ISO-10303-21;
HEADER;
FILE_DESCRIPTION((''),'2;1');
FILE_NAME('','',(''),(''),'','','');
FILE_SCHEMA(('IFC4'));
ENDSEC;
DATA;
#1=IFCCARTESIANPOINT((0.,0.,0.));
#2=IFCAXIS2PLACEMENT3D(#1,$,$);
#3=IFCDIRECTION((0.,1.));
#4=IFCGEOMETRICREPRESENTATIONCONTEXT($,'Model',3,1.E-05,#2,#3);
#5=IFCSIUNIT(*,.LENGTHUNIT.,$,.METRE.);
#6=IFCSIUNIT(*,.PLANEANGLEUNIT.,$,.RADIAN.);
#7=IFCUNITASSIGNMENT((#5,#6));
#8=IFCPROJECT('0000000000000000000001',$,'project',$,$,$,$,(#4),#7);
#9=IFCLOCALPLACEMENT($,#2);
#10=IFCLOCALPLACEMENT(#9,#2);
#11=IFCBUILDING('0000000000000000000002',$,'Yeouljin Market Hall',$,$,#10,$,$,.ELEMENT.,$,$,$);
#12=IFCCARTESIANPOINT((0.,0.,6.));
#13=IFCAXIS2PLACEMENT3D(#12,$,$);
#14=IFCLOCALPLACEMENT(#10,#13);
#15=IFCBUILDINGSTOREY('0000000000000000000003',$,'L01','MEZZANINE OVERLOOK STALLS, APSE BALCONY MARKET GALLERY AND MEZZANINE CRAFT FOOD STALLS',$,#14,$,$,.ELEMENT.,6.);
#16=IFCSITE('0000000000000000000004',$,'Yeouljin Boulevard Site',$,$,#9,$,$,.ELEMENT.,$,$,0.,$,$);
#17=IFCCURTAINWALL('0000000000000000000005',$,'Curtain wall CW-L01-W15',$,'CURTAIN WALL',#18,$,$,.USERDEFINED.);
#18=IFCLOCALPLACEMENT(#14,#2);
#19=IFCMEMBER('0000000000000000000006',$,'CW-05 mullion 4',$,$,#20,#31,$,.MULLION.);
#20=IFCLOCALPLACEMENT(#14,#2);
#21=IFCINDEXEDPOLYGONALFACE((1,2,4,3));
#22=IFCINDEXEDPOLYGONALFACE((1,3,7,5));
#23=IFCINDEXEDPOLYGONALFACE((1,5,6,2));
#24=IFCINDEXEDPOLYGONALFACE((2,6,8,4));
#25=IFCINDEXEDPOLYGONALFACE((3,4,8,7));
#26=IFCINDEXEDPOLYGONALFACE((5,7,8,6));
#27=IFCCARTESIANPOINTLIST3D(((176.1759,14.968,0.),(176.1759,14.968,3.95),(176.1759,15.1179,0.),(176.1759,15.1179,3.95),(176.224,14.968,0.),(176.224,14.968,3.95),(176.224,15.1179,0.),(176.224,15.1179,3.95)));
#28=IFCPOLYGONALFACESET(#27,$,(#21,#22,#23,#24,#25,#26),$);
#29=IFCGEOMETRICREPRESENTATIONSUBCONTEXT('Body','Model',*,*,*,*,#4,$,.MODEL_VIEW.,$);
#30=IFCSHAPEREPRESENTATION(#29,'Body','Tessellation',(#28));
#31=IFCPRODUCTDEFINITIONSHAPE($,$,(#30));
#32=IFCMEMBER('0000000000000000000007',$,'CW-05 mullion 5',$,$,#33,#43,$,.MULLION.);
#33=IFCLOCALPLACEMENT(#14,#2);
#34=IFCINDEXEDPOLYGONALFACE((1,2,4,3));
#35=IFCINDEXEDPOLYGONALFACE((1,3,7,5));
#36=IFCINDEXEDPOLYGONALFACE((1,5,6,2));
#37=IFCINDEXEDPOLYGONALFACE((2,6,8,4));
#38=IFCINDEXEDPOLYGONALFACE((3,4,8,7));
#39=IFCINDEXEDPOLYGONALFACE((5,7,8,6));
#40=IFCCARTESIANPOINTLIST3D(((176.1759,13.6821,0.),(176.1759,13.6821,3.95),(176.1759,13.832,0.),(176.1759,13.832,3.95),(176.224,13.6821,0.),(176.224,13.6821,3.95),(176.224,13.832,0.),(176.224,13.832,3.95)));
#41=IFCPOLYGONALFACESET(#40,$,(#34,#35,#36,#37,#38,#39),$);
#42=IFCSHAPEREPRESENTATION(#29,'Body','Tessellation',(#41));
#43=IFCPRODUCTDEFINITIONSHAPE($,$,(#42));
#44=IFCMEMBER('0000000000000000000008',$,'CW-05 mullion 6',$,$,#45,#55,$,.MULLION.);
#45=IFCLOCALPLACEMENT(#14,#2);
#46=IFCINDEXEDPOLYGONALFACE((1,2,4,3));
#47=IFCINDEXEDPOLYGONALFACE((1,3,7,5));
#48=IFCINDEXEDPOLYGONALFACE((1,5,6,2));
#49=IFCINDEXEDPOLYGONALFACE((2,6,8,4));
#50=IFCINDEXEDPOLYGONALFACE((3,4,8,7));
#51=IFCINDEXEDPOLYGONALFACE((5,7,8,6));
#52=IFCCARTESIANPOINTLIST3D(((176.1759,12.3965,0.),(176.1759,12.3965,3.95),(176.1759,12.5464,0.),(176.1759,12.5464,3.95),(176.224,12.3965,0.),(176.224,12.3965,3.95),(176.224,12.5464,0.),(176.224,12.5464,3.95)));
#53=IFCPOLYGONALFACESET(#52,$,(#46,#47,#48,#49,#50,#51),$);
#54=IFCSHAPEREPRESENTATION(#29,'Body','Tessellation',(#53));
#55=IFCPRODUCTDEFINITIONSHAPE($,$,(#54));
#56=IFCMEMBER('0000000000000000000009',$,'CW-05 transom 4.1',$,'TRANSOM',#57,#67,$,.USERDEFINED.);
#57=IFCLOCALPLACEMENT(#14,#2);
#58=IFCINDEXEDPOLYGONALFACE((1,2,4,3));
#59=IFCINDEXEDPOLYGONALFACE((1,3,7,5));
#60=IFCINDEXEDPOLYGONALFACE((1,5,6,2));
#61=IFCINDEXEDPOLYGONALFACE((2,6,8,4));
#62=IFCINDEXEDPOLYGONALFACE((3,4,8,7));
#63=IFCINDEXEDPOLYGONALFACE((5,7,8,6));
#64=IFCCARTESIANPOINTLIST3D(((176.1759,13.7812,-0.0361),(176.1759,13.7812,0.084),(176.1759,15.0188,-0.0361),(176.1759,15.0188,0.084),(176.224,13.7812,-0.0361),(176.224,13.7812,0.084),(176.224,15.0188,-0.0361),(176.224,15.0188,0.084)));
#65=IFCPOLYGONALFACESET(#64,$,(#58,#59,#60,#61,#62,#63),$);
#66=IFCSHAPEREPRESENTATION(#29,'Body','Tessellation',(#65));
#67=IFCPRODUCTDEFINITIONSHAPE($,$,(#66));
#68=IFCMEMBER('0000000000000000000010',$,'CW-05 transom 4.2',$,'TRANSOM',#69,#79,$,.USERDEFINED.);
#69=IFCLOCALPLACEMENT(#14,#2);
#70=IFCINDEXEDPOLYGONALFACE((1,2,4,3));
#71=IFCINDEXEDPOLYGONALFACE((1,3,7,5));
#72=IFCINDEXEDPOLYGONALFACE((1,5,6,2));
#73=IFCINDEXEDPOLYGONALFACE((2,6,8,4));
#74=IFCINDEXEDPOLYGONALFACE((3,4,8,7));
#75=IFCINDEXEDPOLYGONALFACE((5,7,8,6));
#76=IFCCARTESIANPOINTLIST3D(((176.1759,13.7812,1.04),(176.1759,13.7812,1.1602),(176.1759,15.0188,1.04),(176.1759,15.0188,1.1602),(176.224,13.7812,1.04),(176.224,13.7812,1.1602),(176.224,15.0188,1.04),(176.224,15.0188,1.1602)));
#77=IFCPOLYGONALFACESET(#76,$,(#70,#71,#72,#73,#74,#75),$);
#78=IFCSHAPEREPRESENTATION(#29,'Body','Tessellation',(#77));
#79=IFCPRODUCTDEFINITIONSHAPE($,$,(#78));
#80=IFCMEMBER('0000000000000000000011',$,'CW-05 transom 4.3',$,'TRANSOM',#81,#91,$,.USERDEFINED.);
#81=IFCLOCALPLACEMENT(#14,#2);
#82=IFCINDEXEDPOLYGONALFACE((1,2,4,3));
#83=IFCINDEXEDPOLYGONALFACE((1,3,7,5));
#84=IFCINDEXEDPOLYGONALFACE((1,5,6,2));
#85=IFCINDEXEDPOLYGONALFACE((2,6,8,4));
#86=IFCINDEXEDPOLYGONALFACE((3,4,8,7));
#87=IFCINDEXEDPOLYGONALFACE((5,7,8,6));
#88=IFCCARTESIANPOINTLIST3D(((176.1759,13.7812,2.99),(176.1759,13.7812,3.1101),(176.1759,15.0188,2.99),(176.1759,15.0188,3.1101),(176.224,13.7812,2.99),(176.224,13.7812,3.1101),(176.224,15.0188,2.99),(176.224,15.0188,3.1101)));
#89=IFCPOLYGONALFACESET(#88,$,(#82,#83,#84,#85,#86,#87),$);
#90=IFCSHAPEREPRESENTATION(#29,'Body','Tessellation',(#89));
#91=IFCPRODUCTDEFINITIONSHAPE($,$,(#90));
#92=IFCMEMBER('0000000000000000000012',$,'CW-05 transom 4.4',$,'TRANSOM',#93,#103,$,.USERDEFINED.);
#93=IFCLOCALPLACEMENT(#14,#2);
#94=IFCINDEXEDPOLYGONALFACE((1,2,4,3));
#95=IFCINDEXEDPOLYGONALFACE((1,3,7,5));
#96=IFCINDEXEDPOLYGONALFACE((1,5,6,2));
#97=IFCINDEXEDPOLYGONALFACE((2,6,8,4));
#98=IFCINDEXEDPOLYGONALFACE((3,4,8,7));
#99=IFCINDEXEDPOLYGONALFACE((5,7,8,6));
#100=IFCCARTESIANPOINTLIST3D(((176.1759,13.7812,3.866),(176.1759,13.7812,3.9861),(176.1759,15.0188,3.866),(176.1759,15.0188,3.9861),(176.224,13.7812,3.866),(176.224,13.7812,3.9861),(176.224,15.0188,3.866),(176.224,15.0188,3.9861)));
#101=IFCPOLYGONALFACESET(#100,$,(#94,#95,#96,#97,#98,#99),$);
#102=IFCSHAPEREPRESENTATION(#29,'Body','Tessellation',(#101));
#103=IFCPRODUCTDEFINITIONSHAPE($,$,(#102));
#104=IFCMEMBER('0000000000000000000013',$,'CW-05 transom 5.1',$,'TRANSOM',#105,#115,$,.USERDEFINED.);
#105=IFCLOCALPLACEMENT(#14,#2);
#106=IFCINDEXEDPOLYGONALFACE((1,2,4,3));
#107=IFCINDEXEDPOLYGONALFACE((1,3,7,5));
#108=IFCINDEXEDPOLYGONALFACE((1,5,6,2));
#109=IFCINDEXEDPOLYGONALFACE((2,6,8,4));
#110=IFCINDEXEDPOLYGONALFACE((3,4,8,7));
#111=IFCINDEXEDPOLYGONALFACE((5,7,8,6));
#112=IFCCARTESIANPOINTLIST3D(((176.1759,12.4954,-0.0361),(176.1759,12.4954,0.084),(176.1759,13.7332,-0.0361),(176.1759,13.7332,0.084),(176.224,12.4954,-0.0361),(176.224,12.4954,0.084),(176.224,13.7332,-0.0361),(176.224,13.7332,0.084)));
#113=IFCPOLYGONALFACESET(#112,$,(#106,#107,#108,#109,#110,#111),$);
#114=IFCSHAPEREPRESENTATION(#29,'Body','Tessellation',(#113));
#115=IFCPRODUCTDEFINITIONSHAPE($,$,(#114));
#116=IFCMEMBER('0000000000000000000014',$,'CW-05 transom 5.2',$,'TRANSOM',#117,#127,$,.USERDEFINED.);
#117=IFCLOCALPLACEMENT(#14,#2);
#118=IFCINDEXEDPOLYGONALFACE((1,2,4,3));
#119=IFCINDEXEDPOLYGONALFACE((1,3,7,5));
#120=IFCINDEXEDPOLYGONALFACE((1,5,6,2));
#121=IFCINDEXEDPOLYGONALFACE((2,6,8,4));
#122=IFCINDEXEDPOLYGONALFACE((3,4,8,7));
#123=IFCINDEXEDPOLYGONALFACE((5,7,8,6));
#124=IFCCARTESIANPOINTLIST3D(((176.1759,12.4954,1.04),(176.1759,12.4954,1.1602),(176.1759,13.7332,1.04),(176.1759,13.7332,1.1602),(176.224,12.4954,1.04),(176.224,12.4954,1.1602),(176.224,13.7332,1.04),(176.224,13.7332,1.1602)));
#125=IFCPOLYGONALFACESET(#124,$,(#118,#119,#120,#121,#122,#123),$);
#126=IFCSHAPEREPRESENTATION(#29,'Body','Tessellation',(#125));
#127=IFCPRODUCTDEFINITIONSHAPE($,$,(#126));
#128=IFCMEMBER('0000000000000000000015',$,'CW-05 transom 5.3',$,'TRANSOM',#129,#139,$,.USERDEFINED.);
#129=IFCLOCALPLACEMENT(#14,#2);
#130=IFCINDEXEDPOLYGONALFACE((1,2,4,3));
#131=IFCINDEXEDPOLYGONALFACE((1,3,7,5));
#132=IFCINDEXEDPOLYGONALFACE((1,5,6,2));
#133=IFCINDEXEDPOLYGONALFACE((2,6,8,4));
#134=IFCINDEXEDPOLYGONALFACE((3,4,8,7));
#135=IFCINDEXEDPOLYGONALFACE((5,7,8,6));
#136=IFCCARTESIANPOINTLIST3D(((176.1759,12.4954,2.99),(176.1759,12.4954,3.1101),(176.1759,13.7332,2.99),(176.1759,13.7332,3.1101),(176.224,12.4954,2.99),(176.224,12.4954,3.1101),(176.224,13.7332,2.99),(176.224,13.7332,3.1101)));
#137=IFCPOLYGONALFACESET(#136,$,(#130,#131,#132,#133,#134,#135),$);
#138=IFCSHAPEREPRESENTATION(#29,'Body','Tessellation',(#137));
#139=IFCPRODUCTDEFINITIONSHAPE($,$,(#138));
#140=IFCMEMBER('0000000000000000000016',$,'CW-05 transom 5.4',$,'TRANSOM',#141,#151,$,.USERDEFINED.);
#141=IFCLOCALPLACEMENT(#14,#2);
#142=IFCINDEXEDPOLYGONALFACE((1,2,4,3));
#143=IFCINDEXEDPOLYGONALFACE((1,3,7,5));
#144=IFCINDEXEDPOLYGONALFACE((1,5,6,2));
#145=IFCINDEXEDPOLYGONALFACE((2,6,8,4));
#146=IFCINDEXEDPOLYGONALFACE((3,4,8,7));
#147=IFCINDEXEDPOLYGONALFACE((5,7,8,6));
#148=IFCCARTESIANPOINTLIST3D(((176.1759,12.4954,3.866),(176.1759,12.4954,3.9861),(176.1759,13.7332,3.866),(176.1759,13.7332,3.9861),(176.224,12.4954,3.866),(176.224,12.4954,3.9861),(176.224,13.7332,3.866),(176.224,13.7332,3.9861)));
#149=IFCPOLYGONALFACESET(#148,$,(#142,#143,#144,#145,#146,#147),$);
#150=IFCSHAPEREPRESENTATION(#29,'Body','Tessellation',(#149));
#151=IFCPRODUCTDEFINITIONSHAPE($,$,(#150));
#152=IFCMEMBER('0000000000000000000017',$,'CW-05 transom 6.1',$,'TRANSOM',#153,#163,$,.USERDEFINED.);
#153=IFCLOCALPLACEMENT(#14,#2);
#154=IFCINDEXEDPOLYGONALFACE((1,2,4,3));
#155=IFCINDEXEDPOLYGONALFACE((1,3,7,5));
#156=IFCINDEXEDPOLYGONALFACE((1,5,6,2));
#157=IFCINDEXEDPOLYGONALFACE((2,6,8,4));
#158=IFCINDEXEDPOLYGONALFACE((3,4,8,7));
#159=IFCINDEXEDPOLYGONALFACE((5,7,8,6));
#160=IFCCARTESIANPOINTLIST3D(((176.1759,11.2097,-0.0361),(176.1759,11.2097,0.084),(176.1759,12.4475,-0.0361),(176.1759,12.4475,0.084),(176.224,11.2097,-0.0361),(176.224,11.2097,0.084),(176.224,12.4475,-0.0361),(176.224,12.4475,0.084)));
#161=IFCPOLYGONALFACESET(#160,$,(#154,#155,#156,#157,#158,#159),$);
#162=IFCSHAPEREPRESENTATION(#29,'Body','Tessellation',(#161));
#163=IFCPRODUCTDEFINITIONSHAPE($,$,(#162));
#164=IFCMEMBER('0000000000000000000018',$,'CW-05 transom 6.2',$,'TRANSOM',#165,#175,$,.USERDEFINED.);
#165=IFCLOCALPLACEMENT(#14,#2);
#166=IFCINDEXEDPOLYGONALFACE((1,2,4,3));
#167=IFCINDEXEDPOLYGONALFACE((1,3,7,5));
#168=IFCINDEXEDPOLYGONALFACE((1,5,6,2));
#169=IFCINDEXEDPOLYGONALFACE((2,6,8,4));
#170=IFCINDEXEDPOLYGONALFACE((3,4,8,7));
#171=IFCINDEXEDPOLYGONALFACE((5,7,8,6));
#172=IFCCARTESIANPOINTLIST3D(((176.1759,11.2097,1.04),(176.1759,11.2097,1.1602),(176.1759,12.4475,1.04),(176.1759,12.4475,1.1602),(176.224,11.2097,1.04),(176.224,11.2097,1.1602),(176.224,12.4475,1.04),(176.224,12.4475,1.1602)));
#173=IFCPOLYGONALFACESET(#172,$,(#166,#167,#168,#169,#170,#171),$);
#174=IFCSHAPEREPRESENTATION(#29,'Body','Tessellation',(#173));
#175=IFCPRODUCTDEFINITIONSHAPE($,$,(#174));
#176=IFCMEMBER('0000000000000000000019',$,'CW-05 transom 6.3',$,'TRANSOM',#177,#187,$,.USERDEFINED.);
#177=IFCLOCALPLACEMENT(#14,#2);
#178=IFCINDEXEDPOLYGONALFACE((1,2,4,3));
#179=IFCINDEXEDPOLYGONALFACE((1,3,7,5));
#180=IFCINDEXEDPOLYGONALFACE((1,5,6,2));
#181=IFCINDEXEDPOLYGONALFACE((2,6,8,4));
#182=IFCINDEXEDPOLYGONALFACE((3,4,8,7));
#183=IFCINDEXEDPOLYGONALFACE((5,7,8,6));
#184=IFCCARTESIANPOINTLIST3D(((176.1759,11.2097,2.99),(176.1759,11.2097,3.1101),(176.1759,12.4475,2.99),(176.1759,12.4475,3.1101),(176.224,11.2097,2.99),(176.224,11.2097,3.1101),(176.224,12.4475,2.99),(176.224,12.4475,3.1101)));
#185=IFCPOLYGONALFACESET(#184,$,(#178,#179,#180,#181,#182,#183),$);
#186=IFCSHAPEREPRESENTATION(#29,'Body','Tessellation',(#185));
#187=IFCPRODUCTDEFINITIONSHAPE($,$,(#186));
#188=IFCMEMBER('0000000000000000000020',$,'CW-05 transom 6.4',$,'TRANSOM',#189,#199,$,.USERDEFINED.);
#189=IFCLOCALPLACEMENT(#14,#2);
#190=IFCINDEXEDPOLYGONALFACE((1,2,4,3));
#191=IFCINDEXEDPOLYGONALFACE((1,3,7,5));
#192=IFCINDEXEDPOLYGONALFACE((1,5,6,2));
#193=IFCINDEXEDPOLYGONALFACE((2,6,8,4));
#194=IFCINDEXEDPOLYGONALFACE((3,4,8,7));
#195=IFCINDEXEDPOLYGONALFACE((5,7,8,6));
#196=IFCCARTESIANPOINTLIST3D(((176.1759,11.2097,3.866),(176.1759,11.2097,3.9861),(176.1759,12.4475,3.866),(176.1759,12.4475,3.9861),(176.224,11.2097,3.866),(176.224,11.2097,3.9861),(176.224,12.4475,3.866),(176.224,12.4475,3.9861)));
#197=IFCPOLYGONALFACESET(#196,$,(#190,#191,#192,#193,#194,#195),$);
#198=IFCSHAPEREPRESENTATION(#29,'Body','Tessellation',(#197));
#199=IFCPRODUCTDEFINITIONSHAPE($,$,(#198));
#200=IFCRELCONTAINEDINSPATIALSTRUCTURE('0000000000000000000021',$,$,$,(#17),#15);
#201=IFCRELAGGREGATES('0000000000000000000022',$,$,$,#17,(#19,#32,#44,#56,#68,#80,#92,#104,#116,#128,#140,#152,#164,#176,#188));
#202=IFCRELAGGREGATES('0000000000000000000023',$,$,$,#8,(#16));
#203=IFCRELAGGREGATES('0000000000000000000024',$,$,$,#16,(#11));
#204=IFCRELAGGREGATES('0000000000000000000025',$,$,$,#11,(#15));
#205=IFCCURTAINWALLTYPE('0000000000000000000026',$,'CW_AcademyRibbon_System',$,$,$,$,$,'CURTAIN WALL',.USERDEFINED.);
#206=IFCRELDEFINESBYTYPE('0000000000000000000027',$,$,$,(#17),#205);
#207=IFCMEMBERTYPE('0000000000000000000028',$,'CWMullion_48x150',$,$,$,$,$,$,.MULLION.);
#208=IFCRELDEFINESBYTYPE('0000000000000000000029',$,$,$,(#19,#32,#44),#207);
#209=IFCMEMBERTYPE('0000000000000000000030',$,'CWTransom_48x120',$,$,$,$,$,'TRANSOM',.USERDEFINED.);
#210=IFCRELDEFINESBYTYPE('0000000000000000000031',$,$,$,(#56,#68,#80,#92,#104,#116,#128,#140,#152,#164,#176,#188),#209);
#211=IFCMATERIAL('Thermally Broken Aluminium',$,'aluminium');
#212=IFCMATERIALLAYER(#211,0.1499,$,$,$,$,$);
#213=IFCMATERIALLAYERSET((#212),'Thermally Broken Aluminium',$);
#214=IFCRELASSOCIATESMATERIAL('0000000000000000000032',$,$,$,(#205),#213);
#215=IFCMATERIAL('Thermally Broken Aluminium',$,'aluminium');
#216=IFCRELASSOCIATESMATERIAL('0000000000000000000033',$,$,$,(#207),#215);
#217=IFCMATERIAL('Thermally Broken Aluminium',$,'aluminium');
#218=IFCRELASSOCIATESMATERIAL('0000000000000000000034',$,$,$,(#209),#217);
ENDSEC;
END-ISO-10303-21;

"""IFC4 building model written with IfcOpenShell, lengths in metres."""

from ifc_helpers import new_model, si_unit, direction, frame, origin, origin_2d, place, context, subcontext, project, spatial, rectangle, extrude, material, layer, layer_set, material_profile, profile_set, type_object, element, aggregate, save


model = new_model("IFC4")

# Units and contexts
model_context = context("Model", 3, precision=1e-05, world=origin(), true_north=direction((0.0, 1.0)))
body_context = subcontext(model_context, "Body", "Model", "MODEL_VIEW")
ifc_project = project(units=[si_unit("LENGTHUNIT", "METRE"), si_unit("PLANEANGLEUNIT", "RADIAN")], contexts=[model_context])

# Site, building, storey
site_placement = place(None, origin())
site = spatial("IfcSite", under=ifc_project, at=site_placement, Name="Yeouljin Boulevard Site", CompositionType="ELEMENT", RefElevation=0.0)
building_placement = place(site_placement, origin())
building = spatial("IfcBuilding", under=site, at=building_placement, Name="Yeouljin Market Hall", CompositionType="ELEMENT")
storey_placement = place(building_placement, frame((0.0, 0.0, 6.0)))
storey = spatial("IfcBuildingStorey", under=building, at=storey_placement, Name="L01", Description="MEZZANINE OVERLOOK STALLS, APSE BALCONY MARKET GALLERY AND MEZZANINE CRAFT FOOD STALLS", CompositionType="ELEMENT", Elevation=6.0)

# Curtain wall, members
ifc_material_1 = material(Name="Thermally Broken Aluminium", Category="aluminium")
ifc_layer_1 = layer(ifc_material_1, 0.1499)
ifc_layer_set_1 = layer_set([ifc_layer_1], Name="Thermally Broken Aluminium")
curtain_wall_type = type_object("IfcCurtainWallType", Name="CW_AcademyRibbon_System", ElementType="CURTAIN WALL", PredefinedType="USERDEFINED", material=ifc_layer_set_1)
curtain_wall_placement = place(storey_placement, origin())
curtain_wall = element("IfcCurtainWall", 1, at=curtain_wall_placement, inside=storey, type_object=curtain_wall_type, Name="Curtain wall CW-L01-W15", ObjectType="CURTAIN WALL", PredefinedType="USERDEFINED")
ifc_material_2 = material(Name="Thermally Broken Aluminium", Category="aluminium")
ifc_material_profile_1 = material_profile(ifc_material_2, rectangle(XDim=0.0481, YDim=0.1499, at=origin_2d()), Name="CW-MULL-48x150")
ifc_profile_set_1 = profile_set([ifc_material_profile_1], Name="Thermally Broken Aluminium")
member_type_1 = type_object("IfcMemberType", Name="CWMullion_48x150", PredefinedType="MULLION", material=ifc_profile_set_1)
member_1_placement = place(storey_placement, frame((176.2, 15.043, 0.0), z_axis=(0.0, 0.0, 1.0), x_axis=(1.0, 0.0, 0.0)))
member_1 = element("IfcMember", 2, at=member_1_placement, type_object=member_type_1, Name="CW-05 mullion 4", PredefinedType="MULLION", context=body_context, shape_type="SweptSolid", body=[
    extrude(rectangle(XDim=0.0481, YDim=0.1499, at=origin_2d()), origin(), (0.0, 0.0, 1.0), 3.95),
])
member_2_placement = place(storey_placement, frame((176.2, 13.7571, 0.0), z_axis=(0.0, 0.0, 1.0), x_axis=(1.0, 0.0, 0.0)))
member_2 = element("IfcMember", 3, at=member_2_placement, type_object=member_type_1, Name="CW-05 mullion 5", PredefinedType="MULLION", context=body_context, shape_type="SweptSolid", body=[
    extrude(rectangle(XDim=0.0481, YDim=0.1499, at=origin_2d()), origin(), (0.0, 0.0, 1.0), 3.95),
])
member_3_placement = place(storey_placement, frame((176.2, 12.4714, 0.0), z_axis=(0.0, 0.0, 1.0), x_axis=(1.0, 0.0, 0.0)))
member_3 = element("IfcMember", 4, at=member_3_placement, type_object=member_type_1, Name="CW-05 mullion 6", PredefinedType="MULLION", context=body_context, shape_type="SweptSolid", body=[
    extrude(rectangle(XDim=0.0481, YDim=0.1499, at=origin_2d()), origin(), (0.0, 0.0, 1.0), 3.95),
])
ifc_material_3 = material(Name="Thermally Broken Aluminium", Category="aluminium")
ifc_material_profile_2 = material_profile(ifc_material_3, rectangle(XDim=0.0481, YDim=0.1201, at=origin_2d()), Name="CW-TRAN-48x120")
ifc_profile_set_2 = profile_set([ifc_material_profile_2], Name="Thermally Broken Aluminium")
member_type_2 = type_object("IfcMemberType", Name="CWTransom_48x120", ElementType="TRANSOM", PredefinedType="USERDEFINED", material=ifc_profile_set_2)
member_4_placement = place(storey_placement, frame((176.2, 15.0188, 0.0239), z_axis=(0.0, -1.0, 0.0), x_axis=(1.0, 0.0, 0.0)))
member_4 = element("IfcMember", 5, at=member_4_placement, type_object=member_type_2, Name="CW-05 transom 4.1", ObjectType="TRANSOM", PredefinedType="USERDEFINED", context=body_context, shape_type="SweptSolid", body=[
    extrude(rectangle(XDim=0.0481, YDim=0.1201, at=origin_2d()), origin(), (0.0, 0.0, 1.0), 1.2375),
])
member_5_placement = place(storey_placement, frame((176.2, 15.0188, 1.1001), z_axis=(0.0, -1.0, 0.0), x_axis=(1.0, 0.0, 0.0)))
member_5 = element("IfcMember", 6, at=member_5_placement, type_object=member_type_2, Name="CW-05 transom 4.2", ObjectType="TRANSOM", PredefinedType="USERDEFINED", context=body_context, shape_type="SweptSolid", body=[
    extrude(rectangle(XDim=0.0481, YDim=0.1201, at=origin_2d()), origin(), (0.0, 0.0, 1.0), 1.2375),
])
member_6_placement = place(storey_placement, frame((176.2, 15.0188, 3.05), z_axis=(0.0, -1.0, 0.0), x_axis=(1.0, 0.0, 0.0)))
member_6 = element("IfcMember", 7, at=member_6_placement, type_object=member_type_2, Name="CW-05 transom 4.3", ObjectType="TRANSOM", PredefinedType="USERDEFINED", context=body_context, shape_type="SweptSolid", body=[
    extrude(rectangle(XDim=0.0481, YDim=0.1201, at=origin_2d()), origin(), (0.0, 0.0, 1.0), 1.2375),
])
member_7_placement = place(storey_placement, frame((176.2, 15.0188, 3.926), z_axis=(0.0, -1.0, 0.0), x_axis=(1.0, 0.0, 0.0)))
member_7 = element("IfcMember", 8, at=member_7_placement, type_object=member_type_2, Name="CW-05 transom 4.4", ObjectType="TRANSOM", PredefinedType="USERDEFINED", context=body_context, shape_type="SweptSolid", body=[
    extrude(rectangle(XDim=0.0481, YDim=0.1201, at=origin_2d()), origin(), (0.0, 0.0, 1.0), 1.2375),
])
member_8_placement = place(storey_placement, frame((176.2, 13.7332, 0.0239), z_axis=(0.0, -1.0, 0.0), x_axis=(1.0, 0.0, 0.0)))
member_8 = element("IfcMember", 9, at=member_8_placement, type_object=member_type_2, Name="CW-05 transom 5.1", ObjectType="TRANSOM", PredefinedType="USERDEFINED", context=body_context, shape_type="SweptSolid", body=[
    extrude(rectangle(XDim=0.0481, YDim=0.1201, at=origin_2d()), origin(), (0.0, 0.0, 1.0), 1.2378),
])
member_9_placement = place(storey_placement, frame((176.2, 13.7332, 1.1001), z_axis=(0.0, -1.0, 0.0), x_axis=(1.0, 0.0, 0.0)))
member_9 = element("IfcMember", 10, at=member_9_placement, type_object=member_type_2, Name="CW-05 transom 5.2", ObjectType="TRANSOM", PredefinedType="USERDEFINED", context=body_context, shape_type="SweptSolid", body=[
    extrude(rectangle(XDim=0.0481, YDim=0.1201, at=origin_2d()), origin(), (0.0, 0.0, 1.0), 1.2378),
])
member_10_placement = place(storey_placement, frame((176.2, 13.7332, 3.05), z_axis=(0.0, -1.0, 0.0), x_axis=(1.0, 0.0, 0.0)))
member_10 = element("IfcMember", 11, at=member_10_placement, type_object=member_type_2, Name="CW-05 transom 5.3", ObjectType="TRANSOM", PredefinedType="USERDEFINED", context=body_context, shape_type="SweptSolid", body=[
    extrude(rectangle(XDim=0.0481, YDim=0.1201, at=origin_2d()), origin(), (0.0, 0.0, 1.0), 1.2378),
])
member_11_placement = place(storey_placement, frame((176.2, 13.7332, 3.926), z_axis=(0.0, -1.0, 0.0), x_axis=(1.0, 0.0, 0.0)))
member_11 = element("IfcMember", 12, at=member_11_placement, type_object=member_type_2, Name="CW-05 transom 5.4", ObjectType="TRANSOM", PredefinedType="USERDEFINED", context=body_context, shape_type="SweptSolid", body=[
    extrude(rectangle(XDim=0.0481, YDim=0.1201, at=origin_2d()), origin(), (0.0, 0.0, 1.0), 1.2378),
])
member_12_placement = place(storey_placement, frame((176.2, 12.4475, 0.0239), z_axis=(0.0, -1.0, 0.0), x_axis=(1.0, 0.0, 0.0)))
member_12 = element("IfcMember", 13, at=member_12_placement, type_object=member_type_2, Name="CW-05 transom 6.1", ObjectType="TRANSOM", PredefinedType="USERDEFINED", context=body_context, shape_type="SweptSolid", body=[
    extrude(rectangle(XDim=0.0481, YDim=0.1201, at=origin_2d()), origin(), (0.0, 0.0, 1.0), 1.2378),
])
member_13_placement = place(storey_placement, frame((176.2, 12.4475, 1.1001), z_axis=(0.0, -1.0, 0.0), x_axis=(1.0, 0.0, 0.0)))
member_13 = element("IfcMember", 14, at=member_13_placement, type_object=member_type_2, Name="CW-05 transom 6.2", ObjectType="TRANSOM", PredefinedType="USERDEFINED", context=body_context, shape_type="SweptSolid", body=[
    extrude(rectangle(XDim=0.0481, YDim=0.1201, at=origin_2d()), origin(), (0.0, 0.0, 1.0), 1.2378),
])
member_14_placement = place(storey_placement, frame((176.2, 12.4475, 3.05), z_axis=(0.0, -1.0, 0.0), x_axis=(1.0, 0.0, 0.0)))
member_14 = element("IfcMember", 15, at=member_14_placement, type_object=member_type_2, Name="CW-05 transom 6.3", ObjectType="TRANSOM", PredefinedType="USERDEFINED", context=body_context, shape_type="SweptSolid", body=[
    extrude(rectangle(XDim=0.0481, YDim=0.1201, at=origin_2d()), origin(), (0.0, 0.0, 1.0), 1.2378),
])
member_15_placement = place(storey_placement, frame((176.2, 12.4475, 3.926), z_axis=(0.0, -1.0, 0.0), x_axis=(1.0, 0.0, 0.0)))
member_15 = element("IfcMember", 16, at=member_15_placement, type_object=member_type_2, Name="CW-05 transom 6.4", ObjectType="TRANSOM", PredefinedType="USERDEFINED", context=body_context, shape_type="SweptSolid", body=[
    extrude(rectangle(XDim=0.0481, YDim=0.1201, at=origin_2d()), origin(), (0.0, 0.0, 1.0), 1.2378),
])
aggregate(curtain_wall, [member_1, member_2, member_3, member_4, member_5, member_6, member_7, member_8, member_9, member_10, member_11, member_12, member_13, member_14, member_15])

save(model, "model.ifc")
